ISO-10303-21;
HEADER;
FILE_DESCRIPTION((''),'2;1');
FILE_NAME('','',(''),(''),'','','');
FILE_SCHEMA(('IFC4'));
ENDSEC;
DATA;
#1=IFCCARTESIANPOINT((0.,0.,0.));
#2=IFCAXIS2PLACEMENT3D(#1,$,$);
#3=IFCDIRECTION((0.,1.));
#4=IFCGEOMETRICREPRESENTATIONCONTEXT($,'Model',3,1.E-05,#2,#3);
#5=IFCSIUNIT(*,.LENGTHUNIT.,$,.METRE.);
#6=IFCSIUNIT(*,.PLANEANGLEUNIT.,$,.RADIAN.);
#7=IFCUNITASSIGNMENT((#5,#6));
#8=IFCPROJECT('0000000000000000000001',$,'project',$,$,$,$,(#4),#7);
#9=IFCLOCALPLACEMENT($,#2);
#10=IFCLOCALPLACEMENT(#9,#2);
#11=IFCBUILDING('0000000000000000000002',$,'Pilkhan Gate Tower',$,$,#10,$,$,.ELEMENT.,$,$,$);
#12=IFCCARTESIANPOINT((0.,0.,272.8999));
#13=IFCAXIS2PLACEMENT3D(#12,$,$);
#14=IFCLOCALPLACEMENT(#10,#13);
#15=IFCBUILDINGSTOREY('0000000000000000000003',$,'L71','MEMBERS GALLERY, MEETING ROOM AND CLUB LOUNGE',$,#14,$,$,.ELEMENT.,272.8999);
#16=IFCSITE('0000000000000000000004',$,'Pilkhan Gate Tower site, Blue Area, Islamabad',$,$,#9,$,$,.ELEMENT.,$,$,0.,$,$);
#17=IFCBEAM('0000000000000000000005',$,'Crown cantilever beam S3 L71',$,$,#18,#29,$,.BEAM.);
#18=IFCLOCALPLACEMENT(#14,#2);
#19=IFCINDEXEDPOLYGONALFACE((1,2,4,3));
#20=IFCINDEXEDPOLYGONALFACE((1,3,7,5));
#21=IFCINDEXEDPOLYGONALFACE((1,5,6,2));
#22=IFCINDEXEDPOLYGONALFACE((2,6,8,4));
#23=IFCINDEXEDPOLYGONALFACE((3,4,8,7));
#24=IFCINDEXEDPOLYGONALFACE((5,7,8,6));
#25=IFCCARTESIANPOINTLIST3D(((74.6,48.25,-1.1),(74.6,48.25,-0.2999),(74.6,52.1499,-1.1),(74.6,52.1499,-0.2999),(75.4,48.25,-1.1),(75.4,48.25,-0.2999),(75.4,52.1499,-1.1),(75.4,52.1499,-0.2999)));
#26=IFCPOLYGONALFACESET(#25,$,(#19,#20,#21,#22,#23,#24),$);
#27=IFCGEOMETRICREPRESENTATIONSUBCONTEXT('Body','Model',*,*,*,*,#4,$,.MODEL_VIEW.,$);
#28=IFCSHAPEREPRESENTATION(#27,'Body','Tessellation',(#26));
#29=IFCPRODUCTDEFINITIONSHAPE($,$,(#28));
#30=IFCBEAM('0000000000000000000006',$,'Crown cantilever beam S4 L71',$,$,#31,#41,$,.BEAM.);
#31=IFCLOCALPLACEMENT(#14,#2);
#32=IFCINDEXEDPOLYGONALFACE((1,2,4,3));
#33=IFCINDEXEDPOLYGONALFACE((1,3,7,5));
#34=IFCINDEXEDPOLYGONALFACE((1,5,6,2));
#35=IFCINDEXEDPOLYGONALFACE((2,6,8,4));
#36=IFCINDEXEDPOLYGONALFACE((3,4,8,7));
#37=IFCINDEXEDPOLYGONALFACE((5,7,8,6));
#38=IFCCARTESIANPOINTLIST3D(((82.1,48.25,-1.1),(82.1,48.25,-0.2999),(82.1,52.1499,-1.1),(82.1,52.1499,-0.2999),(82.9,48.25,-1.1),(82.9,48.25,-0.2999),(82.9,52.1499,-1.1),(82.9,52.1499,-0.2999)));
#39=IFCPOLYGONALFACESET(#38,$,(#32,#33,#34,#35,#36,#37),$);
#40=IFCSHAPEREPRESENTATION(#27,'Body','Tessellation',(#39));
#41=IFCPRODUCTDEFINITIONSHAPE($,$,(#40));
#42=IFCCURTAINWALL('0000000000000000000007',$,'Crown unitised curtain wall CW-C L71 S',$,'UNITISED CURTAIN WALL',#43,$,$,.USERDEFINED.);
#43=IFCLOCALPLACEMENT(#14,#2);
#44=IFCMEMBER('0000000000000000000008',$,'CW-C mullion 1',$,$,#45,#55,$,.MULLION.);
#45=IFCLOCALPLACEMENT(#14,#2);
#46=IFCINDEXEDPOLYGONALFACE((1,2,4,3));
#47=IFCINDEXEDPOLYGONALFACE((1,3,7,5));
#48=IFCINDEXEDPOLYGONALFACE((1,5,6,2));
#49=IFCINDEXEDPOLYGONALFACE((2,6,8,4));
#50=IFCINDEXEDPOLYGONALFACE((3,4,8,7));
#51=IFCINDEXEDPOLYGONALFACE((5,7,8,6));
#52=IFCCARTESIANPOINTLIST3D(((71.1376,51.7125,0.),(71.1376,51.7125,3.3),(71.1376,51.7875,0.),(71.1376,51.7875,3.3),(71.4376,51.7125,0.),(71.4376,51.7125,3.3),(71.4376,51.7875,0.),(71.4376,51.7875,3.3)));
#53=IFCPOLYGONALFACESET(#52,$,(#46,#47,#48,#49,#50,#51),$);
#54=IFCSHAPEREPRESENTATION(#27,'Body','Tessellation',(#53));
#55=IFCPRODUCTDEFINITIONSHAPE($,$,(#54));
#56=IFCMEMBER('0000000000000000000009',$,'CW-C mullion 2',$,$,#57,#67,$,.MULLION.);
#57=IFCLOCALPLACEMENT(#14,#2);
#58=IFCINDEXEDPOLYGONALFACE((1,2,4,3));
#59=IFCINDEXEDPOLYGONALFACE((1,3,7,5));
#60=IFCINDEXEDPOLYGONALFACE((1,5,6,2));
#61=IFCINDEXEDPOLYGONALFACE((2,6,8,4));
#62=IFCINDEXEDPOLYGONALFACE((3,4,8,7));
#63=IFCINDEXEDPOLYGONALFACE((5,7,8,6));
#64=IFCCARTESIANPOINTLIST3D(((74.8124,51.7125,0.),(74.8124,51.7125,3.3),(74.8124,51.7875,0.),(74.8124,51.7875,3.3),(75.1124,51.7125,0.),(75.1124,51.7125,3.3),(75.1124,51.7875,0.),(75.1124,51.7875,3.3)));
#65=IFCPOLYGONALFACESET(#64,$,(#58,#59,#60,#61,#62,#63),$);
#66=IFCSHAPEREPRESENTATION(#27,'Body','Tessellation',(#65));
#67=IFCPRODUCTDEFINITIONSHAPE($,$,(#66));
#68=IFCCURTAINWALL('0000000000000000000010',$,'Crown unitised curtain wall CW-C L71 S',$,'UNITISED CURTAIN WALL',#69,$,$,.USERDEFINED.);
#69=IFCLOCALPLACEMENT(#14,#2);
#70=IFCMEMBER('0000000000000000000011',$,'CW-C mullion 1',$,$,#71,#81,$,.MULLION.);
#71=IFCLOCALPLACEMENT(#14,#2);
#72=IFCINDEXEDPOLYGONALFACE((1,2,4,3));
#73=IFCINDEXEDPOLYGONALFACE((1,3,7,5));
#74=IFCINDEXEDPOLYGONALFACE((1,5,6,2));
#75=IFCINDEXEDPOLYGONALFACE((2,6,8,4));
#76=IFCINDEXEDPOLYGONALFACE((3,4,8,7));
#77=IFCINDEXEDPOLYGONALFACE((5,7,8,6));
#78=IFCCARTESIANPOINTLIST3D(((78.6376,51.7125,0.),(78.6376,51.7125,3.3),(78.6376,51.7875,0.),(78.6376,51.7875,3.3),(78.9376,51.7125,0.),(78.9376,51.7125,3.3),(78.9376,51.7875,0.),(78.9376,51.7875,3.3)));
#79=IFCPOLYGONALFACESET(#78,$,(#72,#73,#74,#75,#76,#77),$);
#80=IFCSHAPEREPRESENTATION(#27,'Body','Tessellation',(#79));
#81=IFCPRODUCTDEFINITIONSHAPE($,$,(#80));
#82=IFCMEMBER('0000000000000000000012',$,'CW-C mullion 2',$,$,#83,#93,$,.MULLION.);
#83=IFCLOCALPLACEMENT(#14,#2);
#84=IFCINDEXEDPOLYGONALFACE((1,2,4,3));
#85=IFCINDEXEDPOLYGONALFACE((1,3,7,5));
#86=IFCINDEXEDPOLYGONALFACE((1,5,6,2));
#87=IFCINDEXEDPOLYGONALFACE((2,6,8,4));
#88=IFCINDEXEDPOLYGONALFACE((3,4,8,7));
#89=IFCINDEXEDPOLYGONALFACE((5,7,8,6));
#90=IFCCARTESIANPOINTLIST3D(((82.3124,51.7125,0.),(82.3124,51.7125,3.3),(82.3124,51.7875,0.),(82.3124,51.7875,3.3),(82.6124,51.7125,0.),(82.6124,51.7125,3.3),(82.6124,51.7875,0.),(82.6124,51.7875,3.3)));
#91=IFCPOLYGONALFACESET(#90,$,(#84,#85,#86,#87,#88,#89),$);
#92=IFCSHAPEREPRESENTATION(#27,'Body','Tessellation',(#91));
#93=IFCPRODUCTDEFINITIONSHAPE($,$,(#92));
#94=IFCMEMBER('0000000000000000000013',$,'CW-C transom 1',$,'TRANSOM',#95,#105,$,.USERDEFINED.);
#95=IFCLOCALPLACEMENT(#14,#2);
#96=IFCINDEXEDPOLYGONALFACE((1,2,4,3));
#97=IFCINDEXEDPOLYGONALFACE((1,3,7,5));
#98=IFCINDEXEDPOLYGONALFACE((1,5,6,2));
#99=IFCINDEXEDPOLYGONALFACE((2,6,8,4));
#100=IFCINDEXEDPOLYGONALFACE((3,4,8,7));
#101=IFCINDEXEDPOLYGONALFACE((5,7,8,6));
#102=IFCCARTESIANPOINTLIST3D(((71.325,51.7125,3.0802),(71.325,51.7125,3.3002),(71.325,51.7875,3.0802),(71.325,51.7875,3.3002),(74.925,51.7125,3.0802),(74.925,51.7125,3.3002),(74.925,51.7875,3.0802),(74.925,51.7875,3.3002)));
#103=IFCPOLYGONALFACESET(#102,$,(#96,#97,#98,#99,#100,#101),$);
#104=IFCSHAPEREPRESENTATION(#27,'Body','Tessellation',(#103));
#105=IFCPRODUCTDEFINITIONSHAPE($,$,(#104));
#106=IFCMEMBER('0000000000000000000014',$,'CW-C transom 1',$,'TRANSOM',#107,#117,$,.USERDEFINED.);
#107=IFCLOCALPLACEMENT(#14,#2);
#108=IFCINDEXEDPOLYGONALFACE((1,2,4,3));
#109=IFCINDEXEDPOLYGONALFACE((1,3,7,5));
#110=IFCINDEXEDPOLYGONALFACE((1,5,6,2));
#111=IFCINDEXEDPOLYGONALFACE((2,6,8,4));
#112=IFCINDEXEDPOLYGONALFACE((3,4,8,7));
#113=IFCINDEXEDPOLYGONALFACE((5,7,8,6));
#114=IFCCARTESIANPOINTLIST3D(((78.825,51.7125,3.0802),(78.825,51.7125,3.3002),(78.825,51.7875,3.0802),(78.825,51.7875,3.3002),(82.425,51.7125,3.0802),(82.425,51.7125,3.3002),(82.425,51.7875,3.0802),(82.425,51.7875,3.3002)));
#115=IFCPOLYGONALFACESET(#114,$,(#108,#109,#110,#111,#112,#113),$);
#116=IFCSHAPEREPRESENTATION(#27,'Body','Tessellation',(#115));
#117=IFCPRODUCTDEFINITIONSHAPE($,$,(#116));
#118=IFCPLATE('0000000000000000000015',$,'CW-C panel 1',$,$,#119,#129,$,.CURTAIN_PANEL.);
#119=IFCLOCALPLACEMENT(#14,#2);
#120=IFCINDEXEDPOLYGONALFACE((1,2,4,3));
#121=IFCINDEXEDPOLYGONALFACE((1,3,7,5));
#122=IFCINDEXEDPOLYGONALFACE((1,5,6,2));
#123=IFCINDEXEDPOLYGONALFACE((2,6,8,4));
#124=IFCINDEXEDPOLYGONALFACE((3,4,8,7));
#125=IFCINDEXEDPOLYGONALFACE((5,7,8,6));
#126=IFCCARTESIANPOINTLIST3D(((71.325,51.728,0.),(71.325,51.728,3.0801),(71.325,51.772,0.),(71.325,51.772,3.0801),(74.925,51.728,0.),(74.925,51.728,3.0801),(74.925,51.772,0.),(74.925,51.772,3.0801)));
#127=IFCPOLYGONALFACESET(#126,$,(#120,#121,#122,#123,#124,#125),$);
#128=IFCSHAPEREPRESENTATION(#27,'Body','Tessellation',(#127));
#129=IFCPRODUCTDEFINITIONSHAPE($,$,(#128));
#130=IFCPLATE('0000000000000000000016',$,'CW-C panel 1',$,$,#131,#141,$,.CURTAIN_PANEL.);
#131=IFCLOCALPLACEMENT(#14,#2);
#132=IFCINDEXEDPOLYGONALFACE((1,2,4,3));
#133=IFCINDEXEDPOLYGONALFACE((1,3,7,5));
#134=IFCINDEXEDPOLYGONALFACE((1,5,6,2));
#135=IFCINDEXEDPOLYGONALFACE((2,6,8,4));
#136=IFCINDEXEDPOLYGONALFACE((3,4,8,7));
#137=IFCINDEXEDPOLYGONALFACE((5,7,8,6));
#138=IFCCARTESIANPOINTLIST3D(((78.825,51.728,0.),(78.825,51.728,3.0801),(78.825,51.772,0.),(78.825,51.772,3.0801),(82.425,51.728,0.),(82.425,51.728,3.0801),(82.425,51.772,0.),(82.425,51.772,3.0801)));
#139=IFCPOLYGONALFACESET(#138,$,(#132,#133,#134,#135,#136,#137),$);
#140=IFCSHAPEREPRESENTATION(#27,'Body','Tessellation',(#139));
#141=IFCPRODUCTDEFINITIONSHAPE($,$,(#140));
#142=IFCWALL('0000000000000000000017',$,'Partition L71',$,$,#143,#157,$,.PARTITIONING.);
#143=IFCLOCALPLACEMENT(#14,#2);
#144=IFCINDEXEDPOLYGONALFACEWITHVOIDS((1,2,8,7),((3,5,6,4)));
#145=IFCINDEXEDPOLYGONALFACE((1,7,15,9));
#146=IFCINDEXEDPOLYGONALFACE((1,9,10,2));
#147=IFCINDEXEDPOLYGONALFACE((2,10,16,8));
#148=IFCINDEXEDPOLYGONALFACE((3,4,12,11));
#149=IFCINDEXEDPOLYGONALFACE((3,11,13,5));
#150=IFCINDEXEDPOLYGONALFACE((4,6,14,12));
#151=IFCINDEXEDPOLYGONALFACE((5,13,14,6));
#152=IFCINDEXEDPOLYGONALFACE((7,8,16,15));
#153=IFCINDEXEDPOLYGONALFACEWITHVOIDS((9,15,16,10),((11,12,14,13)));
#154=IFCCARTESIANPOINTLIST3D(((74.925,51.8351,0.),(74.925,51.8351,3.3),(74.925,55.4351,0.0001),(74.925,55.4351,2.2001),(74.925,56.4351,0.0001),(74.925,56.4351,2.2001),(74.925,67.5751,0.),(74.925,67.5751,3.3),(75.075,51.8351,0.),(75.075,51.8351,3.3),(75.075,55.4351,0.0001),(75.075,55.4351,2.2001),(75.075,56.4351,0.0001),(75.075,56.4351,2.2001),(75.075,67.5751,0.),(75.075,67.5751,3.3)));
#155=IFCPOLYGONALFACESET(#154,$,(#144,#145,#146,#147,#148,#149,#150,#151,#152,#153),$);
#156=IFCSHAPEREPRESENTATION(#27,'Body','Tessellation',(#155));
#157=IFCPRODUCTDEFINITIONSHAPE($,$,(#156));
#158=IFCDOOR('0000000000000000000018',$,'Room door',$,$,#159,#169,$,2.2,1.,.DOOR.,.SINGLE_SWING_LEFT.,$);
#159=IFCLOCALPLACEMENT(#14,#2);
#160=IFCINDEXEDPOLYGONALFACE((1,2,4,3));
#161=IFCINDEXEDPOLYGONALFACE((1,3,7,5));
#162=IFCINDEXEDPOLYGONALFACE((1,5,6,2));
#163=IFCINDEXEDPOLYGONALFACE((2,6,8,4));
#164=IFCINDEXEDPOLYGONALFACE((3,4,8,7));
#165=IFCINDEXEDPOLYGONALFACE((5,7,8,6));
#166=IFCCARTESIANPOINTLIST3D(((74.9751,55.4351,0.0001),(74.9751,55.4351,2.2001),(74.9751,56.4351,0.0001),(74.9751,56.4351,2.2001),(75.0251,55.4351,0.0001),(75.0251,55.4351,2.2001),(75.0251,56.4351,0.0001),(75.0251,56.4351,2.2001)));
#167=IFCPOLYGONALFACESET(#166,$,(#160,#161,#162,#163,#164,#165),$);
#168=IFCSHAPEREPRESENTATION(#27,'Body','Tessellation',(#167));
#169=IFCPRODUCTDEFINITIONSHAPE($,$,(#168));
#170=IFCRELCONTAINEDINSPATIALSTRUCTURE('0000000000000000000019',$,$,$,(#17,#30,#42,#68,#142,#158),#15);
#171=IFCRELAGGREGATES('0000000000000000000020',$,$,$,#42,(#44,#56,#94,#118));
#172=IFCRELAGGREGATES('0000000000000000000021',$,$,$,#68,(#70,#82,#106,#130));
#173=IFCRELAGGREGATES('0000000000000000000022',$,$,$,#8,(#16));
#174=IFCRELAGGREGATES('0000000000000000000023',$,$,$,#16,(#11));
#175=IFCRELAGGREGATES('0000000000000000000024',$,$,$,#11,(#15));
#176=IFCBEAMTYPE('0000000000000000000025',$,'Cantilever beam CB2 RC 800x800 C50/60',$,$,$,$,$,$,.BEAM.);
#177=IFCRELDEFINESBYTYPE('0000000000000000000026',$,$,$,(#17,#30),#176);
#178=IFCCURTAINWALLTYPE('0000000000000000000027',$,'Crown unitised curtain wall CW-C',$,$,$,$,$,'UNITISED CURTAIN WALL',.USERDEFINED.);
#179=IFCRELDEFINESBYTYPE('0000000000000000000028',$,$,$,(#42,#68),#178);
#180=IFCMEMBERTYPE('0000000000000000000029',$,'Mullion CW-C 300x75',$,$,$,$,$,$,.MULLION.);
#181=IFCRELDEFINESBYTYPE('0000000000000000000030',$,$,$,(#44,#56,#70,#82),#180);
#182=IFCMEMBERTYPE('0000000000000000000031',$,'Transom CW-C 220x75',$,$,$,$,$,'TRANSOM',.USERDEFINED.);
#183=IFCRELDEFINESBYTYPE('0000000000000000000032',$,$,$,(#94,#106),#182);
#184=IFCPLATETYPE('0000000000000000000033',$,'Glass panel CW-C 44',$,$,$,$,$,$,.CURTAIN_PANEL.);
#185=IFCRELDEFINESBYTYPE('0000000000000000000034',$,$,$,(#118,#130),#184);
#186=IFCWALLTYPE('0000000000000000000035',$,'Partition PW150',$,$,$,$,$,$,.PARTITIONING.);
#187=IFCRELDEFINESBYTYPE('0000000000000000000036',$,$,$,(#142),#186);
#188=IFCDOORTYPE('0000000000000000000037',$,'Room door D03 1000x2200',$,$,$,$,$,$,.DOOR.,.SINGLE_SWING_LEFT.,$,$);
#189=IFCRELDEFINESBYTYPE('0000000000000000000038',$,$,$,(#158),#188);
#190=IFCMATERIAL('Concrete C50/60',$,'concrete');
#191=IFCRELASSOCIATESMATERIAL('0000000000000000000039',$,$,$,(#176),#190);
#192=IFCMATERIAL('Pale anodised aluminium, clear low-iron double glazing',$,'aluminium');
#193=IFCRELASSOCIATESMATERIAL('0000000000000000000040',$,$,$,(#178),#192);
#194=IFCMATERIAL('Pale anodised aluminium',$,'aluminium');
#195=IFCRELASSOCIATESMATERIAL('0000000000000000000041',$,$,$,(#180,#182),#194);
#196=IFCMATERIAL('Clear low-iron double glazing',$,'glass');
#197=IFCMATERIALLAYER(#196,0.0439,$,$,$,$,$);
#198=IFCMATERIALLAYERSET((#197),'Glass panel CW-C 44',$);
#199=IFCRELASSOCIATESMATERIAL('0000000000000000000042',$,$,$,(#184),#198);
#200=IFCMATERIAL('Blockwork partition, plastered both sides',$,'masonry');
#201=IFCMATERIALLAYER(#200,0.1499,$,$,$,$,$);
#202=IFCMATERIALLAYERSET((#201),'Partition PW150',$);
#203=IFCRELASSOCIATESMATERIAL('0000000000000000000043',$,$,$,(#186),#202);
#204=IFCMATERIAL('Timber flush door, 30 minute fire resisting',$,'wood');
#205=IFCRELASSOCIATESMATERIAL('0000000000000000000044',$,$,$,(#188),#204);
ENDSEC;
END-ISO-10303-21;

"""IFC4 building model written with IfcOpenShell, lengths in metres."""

from ifc_helpers import new_model, si_unit, direction, frame, frame_2d, origin, origin_2d, place, context, subcontext, project, spatial, rectangle, extrude, material, layer, layer_set, material_profile, profile_set, type_object, element, fill, aggregate, save


model = new_model("IFC4")

# Units and contexts
model_context = context("Model", 3, precision=1e-05, world=origin(), true_north=direction((0.0, 1.0)))
body_context = subcontext(model_context, "Body", "Model", "MODEL_VIEW")
ifc_project = project(units=[si_unit("LENGTHUNIT", "METRE"), si_unit("PLANEANGLEUNIT", "RADIAN")], contexts=[model_context])

# Site, building, storey
site_placement = place(None, origin())
site = spatial("IfcSite", under=ifc_project, at=site_placement, Name="Pilkhan Gate Tower site, Blue Area, Islamabad", CompositionType="ELEMENT", RefElevation=0.0)
building_placement = place(site_placement, origin())
building = spatial("IfcBuilding", under=site, at=building_placement, Name="Pilkhan Gate Tower", CompositionType="ELEMENT")
storey_placement = place(building_placement, frame((0.0, 0.0, 272.8999)))
storey = spatial("IfcBuildingStorey", under=building, at=storey_placement, Name="L71", Description="MEMBERS GALLERY, MEETING ROOM AND CLUB LOUNGE", CompositionType="ELEMENT", Elevation=272.8999)

# Beams
ifc_material_1 = material(Name="Concrete C50/60", Category="concrete")
ifc_material_profile_1 = material_profile(ifc_material_1, rectangle(XDim=0.8, YDim=0.8, at=origin_2d()), Name="RC 800x800")
ifc_profile_set_1 = profile_set([ifc_material_profile_1], Name="Concrete C50/60")
beam_type = type_object("IfcBeamType", Name="Cantilever beam CB2 RC 800x800 C50/60", PredefinedType="BEAM", material=ifc_profile_set_1)
for number, where, z_axis, x_axis, name in (
    (1, (75.0, 52.1499, -0.7), (0.0, -1.0, 0.0), (1.0, 0.0, 0.0), "Crown cantilever beam S3 L71"),
    (2, (82.5, 52.1499, -0.7), (0.0, -1.0, 0.0), (1.0, 0.0, 0.0), "Crown cantilever beam S4 L71"),
):
    element("IfcBeam", number, at=place(storey_placement, frame(where, z_axis=z_axis, x_axis=x_axis)), inside=storey, type_object=beam_type, Name=name, PredefinedType="BEAM", context=body_context, shape_type="SweptSolid", body=[
        extrude(rectangle(XDim=0.8, YDim=0.8, at=origin_2d()), origin(), (0.0, 0.0, 1.0), 3.8999),
    ])

# Curtain walls, members
ifc_material_2 = material(Name="Pale anodised aluminium, clear low-iron double glazing", Category="aluminium")
curtain_wall_type = type_object("IfcCurtainWallType", Name="Crown unitised curtain wall CW-C", ElementType="UNITISED CURTAIN WALL", PredefinedType="USERDEFINED", material=ifc_material_2)
curtain_wall_1_placement = place(storey_placement, origin())
curtain_wall_1 = element("IfcCurtainWall", 3, at=curtain_wall_1_placement, inside=storey, type_object=curtain_wall_type, Name="Crown unitised curtain wall CW-C L71 S", ObjectType="UNITISED CURTAIN WALL", PredefinedType="USERDEFINED")
ifc_material_3 = material(Name="Pale anodised aluminium", Category="aluminium")
ifc_material_profile_2 = material_profile(ifc_material_3, rectangle(XDim=0.075, YDim=0.3, at=origin_2d()), Name="Mullion 300x75")
ifc_profile_set_2 = profile_set([ifc_material_profile_2], Name="Pale anodised aluminium")
member_type_1 = type_object("IfcMemberType", Name="Mullion CW-C 300x75", PredefinedType="MULLION", material=ifc_profile_set_2)
member_1_placement = place(storey_placement, frame((71.2876, 51.75, 0.0), z_axis=(0.0, 0.0, 1.0), x_axis=(0.0, 1.0, 0.0)))
member_1 = element("IfcMember", 4, at=member_1_placement, type_object=member_type_1, Name="CW-C mullion 1", PredefinedType="MULLION", context=body_context, shape_type="SweptSolid", body=[
    extrude(rectangle(XDim=0.075, YDim=0.3, at=origin_2d()), origin(), (0.0, 0.0, 1.0), 3.3),
])
member_2_placement = place(storey_placement, frame((74.9624, 51.75, 0.0), z_axis=(0.0, 0.0, 1.0), x_axis=(0.0, 1.0, 0.0)))
member_2 = element("IfcMember", 5, at=member_2_placement, type_object=member_type_1, Name="CW-C mullion 2", PredefinedType="MULLION", context=body_context, shape_type="SweptSolid", body=[
    extrude(rectangle(XDim=0.075, YDim=0.3, at=origin_2d()), origin(), (0.0, 0.0, 1.0), 3.3),
])
curtain_wall_2_placement = place(storey_placement, origin())
curtain_wall_2 = element("IfcCurtainWall", 6, at=curtain_wall_2_placement, inside=storey, type_object=curtain_wall_type, Name="Crown unitised curtain wall CW-C L71 S", ObjectType="UNITISED CURTAIN WALL", PredefinedType="USERDEFINED")
member_3_placement = place(storey_placement, frame((78.7876, 51.75, 0.0), z_axis=(0.0, 0.0, 1.0), x_axis=(0.0, 1.0, 0.0)))
member_3 = element("IfcMember", 7, at=member_3_placement, type_object=member_type_1, Name="CW-C mullion 1", PredefinedType="MULLION", context=body_context, shape_type="SweptSolid", body=[
    extrude(rectangle(XDim=0.075, YDim=0.3, at=origin_2d()), origin(), (0.0, 0.0, 1.0), 3.3),
])
member_4_placement = place(storey_placement, frame((82.4624, 51.75, 0.0), z_axis=(0.0, 0.0, 1.0), x_axis=(0.0, 1.0, 0.0)))
member_4 = element("IfcMember", 8, at=member_4_placement, type_object=member_type_1, Name="CW-C mullion 2", PredefinedType="MULLION", context=body_context, shape_type="SweptSolid", body=[
    extrude(rectangle(XDim=0.075, YDim=0.3, at=origin_2d()), origin(), (0.0, 0.0, 1.0), 3.3),
])

# Members
ifc_material_profile_3 = material_profile(ifc_material_3, rectangle(XDim=0.075, YDim=0.22, at=origin_2d()), Name="Transom 220x75")
ifc_profile_set_3 = profile_set([ifc_material_profile_3], Name="Pale anodised aluminium")
member_type_2 = type_object("IfcMemberType", Name="Transom CW-C 220x75", ElementType="TRANSOM", PredefinedType="USERDEFINED", material=ifc_profile_set_3)
member_5_placement = place(storey_placement, frame((71.325, 51.75, 3.1902), z_axis=(1.0, 0.0, 0.0), x_axis=(0.0, 1.0, 0.0)))
member_5 = element("IfcMember", 9, at=member_5_placement, type_object=member_type_2, Name="CW-C transom 1", ObjectType="TRANSOM", PredefinedType="USERDEFINED", context=body_context, shape_type="SweptSolid", body=[
    extrude(rectangle(XDim=0.075, YDim=0.22, at=origin_2d()), origin(), (0.0, 0.0, 1.0), 3.6001),
])
member_6_placement = place(storey_placement, frame((78.825, 51.75, 3.1902), z_axis=(1.0, 0.0, 0.0), x_axis=(0.0, 1.0, 0.0)))
member_6 = element("IfcMember", 10, at=member_6_placement, type_object=member_type_2, Name="CW-C transom 1", ObjectType="TRANSOM", PredefinedType="USERDEFINED", context=body_context, shape_type="SweptSolid", body=[
    extrude(rectangle(XDim=0.075, YDim=0.22, at=origin_2d()), origin(), (0.0, 0.0, 1.0), 3.6001),
])

# Plates
ifc_material_4 = material(Name="Clear low-iron double glazing", Category="glass")
ifc_layer_1 = layer(ifc_material_4, 0.0439)
ifc_layer_set_1 = layer_set([ifc_layer_1], Name="Glass panel CW-C 44")
plate_type = type_object("IfcPlateType", Name="Glass panel CW-C 44", PredefinedType="CURTAIN_PANEL", material=ifc_layer_set_1)
plate_1_placement = place(storey_placement, frame((73.125, 51.75, 0.0), z_axis=(0.0, 0.0, 1.0), x_axis=(1.0, 0.0, 0.0)))
plate_1 = element("IfcPlate", 11, at=plate_1_placement, type_object=plate_type, Name="CW-C panel 1", PredefinedType="CURTAIN_PANEL", context=body_context, shape_type="SweptSolid", body=[
    extrude(rectangle(XDim=3.6001, YDim=0.0439, at=origin_2d()), origin(), (0.0, 0.0, 1.0), 3.0801),
])
aggregate(curtain_wall_1, [member_1, member_2, member_5, plate_1])
plate_2_placement = place(storey_placement, frame((80.625, 51.75, 0.0), z_axis=(0.0, 0.0, 1.0), x_axis=(1.0, 0.0, 0.0)))
plate_2 = element("IfcPlate", 12, at=plate_2_placement, type_object=plate_type, Name="CW-C panel 1", PredefinedType="CURTAIN_PANEL", context=body_context, shape_type="SweptSolid", body=[
    extrude(rectangle(XDim=3.6001, YDim=0.0439, at=origin_2d()), origin(), (0.0, 0.0, 1.0), 3.0801),
])
aggregate(curtain_wall_2, [member_3, member_4, member_6, plate_2])

# Wall, opening, door
ifc_material_5 = material(Name="Blockwork partition, plastered both sides", Category="masonry")
ifc_layer_2 = layer(ifc_material_5, 0.1499)
ifc_layer_set_2 = layer_set([ifc_layer_2], Name="Partition PW150")
wall_type_1 = type_object("IfcWallType", Name="Partition PW150", PredefinedType="PARTITIONING", material=ifc_layer_set_2)
wall_1_placement = place(storey_placement, frame((75.0, 51.835, 0.0), z_axis=(0.0, 0.0, 1.0), x_axis=(0.0, 1.0, 0.0)))
wall_1 = element("IfcWall", 13, at=wall_1_placement, inside=storey, type_object=wall_type_1, Name="Partition L71", PredefinedType="PARTITIONING", context=body_context, shape_type="SweptSolid", body=[
    extrude(rectangle(XDim=15.74, YDim=0.1499, at=frame_2d((7.8701, 0.0))), origin(), (0.0, 0.0, 1.0), 3.3),
])
opening_1_placement = place(wall_1_placement, frame((3.6001, 0.0, 0.0)))
opening_1 = element("IfcOpeningElement", 14, at=opening_1_placement, cuts=wall_1, PredefinedType="OPENING", context=body_context, shape_type="SweptSolid", body=[
    extrude(rectangle(XDim=1.0, YDim=2.2, at=frame_2d((0.5, 1.1001))), frame((0.0, 0.085, 0.0), z_axis=(0.0, -1.0, 0.0), x_axis=(1.0, 0.0, 0.0)), (0.0, 0.0, 1.0), 0.1699),
])
ifc_material_6 = material(Name="Timber flush door, 30 minute fire resisting", Category="wood")
door_type_1 = type_object("IfcDoorType", Name="Room door D03 1000x2200", OperationType="SINGLE_SWING_LEFT", PredefinedType="DOOR", material=ifc_material_6)
door_1_placement = place(opening_1_placement, origin())
door_1 = element("IfcDoor", 15, at=door_1_placement, inside=storey, type_object=door_type_1, Name="Room door", OperationType="SINGLE_SWING_LEFT", OverallHeight=2.2, OverallWidth=1.0, PredefinedType="DOOR", context=body_context, shape_type="SweptSolid", body=[
    extrude(rectangle(XDim=1.0, YDim=2.2, at=frame_2d((0.5, 1.1001))), frame((0.0, 0.0249, 0.0), z_axis=(0.0, -1.0, 0.0), x_axis=(1.0, 0.0, 0.0)), (0.0, 0.0, 1.0), 0.05),
])
fill(opening_1, door_1)

save(model, "model.ifc")
